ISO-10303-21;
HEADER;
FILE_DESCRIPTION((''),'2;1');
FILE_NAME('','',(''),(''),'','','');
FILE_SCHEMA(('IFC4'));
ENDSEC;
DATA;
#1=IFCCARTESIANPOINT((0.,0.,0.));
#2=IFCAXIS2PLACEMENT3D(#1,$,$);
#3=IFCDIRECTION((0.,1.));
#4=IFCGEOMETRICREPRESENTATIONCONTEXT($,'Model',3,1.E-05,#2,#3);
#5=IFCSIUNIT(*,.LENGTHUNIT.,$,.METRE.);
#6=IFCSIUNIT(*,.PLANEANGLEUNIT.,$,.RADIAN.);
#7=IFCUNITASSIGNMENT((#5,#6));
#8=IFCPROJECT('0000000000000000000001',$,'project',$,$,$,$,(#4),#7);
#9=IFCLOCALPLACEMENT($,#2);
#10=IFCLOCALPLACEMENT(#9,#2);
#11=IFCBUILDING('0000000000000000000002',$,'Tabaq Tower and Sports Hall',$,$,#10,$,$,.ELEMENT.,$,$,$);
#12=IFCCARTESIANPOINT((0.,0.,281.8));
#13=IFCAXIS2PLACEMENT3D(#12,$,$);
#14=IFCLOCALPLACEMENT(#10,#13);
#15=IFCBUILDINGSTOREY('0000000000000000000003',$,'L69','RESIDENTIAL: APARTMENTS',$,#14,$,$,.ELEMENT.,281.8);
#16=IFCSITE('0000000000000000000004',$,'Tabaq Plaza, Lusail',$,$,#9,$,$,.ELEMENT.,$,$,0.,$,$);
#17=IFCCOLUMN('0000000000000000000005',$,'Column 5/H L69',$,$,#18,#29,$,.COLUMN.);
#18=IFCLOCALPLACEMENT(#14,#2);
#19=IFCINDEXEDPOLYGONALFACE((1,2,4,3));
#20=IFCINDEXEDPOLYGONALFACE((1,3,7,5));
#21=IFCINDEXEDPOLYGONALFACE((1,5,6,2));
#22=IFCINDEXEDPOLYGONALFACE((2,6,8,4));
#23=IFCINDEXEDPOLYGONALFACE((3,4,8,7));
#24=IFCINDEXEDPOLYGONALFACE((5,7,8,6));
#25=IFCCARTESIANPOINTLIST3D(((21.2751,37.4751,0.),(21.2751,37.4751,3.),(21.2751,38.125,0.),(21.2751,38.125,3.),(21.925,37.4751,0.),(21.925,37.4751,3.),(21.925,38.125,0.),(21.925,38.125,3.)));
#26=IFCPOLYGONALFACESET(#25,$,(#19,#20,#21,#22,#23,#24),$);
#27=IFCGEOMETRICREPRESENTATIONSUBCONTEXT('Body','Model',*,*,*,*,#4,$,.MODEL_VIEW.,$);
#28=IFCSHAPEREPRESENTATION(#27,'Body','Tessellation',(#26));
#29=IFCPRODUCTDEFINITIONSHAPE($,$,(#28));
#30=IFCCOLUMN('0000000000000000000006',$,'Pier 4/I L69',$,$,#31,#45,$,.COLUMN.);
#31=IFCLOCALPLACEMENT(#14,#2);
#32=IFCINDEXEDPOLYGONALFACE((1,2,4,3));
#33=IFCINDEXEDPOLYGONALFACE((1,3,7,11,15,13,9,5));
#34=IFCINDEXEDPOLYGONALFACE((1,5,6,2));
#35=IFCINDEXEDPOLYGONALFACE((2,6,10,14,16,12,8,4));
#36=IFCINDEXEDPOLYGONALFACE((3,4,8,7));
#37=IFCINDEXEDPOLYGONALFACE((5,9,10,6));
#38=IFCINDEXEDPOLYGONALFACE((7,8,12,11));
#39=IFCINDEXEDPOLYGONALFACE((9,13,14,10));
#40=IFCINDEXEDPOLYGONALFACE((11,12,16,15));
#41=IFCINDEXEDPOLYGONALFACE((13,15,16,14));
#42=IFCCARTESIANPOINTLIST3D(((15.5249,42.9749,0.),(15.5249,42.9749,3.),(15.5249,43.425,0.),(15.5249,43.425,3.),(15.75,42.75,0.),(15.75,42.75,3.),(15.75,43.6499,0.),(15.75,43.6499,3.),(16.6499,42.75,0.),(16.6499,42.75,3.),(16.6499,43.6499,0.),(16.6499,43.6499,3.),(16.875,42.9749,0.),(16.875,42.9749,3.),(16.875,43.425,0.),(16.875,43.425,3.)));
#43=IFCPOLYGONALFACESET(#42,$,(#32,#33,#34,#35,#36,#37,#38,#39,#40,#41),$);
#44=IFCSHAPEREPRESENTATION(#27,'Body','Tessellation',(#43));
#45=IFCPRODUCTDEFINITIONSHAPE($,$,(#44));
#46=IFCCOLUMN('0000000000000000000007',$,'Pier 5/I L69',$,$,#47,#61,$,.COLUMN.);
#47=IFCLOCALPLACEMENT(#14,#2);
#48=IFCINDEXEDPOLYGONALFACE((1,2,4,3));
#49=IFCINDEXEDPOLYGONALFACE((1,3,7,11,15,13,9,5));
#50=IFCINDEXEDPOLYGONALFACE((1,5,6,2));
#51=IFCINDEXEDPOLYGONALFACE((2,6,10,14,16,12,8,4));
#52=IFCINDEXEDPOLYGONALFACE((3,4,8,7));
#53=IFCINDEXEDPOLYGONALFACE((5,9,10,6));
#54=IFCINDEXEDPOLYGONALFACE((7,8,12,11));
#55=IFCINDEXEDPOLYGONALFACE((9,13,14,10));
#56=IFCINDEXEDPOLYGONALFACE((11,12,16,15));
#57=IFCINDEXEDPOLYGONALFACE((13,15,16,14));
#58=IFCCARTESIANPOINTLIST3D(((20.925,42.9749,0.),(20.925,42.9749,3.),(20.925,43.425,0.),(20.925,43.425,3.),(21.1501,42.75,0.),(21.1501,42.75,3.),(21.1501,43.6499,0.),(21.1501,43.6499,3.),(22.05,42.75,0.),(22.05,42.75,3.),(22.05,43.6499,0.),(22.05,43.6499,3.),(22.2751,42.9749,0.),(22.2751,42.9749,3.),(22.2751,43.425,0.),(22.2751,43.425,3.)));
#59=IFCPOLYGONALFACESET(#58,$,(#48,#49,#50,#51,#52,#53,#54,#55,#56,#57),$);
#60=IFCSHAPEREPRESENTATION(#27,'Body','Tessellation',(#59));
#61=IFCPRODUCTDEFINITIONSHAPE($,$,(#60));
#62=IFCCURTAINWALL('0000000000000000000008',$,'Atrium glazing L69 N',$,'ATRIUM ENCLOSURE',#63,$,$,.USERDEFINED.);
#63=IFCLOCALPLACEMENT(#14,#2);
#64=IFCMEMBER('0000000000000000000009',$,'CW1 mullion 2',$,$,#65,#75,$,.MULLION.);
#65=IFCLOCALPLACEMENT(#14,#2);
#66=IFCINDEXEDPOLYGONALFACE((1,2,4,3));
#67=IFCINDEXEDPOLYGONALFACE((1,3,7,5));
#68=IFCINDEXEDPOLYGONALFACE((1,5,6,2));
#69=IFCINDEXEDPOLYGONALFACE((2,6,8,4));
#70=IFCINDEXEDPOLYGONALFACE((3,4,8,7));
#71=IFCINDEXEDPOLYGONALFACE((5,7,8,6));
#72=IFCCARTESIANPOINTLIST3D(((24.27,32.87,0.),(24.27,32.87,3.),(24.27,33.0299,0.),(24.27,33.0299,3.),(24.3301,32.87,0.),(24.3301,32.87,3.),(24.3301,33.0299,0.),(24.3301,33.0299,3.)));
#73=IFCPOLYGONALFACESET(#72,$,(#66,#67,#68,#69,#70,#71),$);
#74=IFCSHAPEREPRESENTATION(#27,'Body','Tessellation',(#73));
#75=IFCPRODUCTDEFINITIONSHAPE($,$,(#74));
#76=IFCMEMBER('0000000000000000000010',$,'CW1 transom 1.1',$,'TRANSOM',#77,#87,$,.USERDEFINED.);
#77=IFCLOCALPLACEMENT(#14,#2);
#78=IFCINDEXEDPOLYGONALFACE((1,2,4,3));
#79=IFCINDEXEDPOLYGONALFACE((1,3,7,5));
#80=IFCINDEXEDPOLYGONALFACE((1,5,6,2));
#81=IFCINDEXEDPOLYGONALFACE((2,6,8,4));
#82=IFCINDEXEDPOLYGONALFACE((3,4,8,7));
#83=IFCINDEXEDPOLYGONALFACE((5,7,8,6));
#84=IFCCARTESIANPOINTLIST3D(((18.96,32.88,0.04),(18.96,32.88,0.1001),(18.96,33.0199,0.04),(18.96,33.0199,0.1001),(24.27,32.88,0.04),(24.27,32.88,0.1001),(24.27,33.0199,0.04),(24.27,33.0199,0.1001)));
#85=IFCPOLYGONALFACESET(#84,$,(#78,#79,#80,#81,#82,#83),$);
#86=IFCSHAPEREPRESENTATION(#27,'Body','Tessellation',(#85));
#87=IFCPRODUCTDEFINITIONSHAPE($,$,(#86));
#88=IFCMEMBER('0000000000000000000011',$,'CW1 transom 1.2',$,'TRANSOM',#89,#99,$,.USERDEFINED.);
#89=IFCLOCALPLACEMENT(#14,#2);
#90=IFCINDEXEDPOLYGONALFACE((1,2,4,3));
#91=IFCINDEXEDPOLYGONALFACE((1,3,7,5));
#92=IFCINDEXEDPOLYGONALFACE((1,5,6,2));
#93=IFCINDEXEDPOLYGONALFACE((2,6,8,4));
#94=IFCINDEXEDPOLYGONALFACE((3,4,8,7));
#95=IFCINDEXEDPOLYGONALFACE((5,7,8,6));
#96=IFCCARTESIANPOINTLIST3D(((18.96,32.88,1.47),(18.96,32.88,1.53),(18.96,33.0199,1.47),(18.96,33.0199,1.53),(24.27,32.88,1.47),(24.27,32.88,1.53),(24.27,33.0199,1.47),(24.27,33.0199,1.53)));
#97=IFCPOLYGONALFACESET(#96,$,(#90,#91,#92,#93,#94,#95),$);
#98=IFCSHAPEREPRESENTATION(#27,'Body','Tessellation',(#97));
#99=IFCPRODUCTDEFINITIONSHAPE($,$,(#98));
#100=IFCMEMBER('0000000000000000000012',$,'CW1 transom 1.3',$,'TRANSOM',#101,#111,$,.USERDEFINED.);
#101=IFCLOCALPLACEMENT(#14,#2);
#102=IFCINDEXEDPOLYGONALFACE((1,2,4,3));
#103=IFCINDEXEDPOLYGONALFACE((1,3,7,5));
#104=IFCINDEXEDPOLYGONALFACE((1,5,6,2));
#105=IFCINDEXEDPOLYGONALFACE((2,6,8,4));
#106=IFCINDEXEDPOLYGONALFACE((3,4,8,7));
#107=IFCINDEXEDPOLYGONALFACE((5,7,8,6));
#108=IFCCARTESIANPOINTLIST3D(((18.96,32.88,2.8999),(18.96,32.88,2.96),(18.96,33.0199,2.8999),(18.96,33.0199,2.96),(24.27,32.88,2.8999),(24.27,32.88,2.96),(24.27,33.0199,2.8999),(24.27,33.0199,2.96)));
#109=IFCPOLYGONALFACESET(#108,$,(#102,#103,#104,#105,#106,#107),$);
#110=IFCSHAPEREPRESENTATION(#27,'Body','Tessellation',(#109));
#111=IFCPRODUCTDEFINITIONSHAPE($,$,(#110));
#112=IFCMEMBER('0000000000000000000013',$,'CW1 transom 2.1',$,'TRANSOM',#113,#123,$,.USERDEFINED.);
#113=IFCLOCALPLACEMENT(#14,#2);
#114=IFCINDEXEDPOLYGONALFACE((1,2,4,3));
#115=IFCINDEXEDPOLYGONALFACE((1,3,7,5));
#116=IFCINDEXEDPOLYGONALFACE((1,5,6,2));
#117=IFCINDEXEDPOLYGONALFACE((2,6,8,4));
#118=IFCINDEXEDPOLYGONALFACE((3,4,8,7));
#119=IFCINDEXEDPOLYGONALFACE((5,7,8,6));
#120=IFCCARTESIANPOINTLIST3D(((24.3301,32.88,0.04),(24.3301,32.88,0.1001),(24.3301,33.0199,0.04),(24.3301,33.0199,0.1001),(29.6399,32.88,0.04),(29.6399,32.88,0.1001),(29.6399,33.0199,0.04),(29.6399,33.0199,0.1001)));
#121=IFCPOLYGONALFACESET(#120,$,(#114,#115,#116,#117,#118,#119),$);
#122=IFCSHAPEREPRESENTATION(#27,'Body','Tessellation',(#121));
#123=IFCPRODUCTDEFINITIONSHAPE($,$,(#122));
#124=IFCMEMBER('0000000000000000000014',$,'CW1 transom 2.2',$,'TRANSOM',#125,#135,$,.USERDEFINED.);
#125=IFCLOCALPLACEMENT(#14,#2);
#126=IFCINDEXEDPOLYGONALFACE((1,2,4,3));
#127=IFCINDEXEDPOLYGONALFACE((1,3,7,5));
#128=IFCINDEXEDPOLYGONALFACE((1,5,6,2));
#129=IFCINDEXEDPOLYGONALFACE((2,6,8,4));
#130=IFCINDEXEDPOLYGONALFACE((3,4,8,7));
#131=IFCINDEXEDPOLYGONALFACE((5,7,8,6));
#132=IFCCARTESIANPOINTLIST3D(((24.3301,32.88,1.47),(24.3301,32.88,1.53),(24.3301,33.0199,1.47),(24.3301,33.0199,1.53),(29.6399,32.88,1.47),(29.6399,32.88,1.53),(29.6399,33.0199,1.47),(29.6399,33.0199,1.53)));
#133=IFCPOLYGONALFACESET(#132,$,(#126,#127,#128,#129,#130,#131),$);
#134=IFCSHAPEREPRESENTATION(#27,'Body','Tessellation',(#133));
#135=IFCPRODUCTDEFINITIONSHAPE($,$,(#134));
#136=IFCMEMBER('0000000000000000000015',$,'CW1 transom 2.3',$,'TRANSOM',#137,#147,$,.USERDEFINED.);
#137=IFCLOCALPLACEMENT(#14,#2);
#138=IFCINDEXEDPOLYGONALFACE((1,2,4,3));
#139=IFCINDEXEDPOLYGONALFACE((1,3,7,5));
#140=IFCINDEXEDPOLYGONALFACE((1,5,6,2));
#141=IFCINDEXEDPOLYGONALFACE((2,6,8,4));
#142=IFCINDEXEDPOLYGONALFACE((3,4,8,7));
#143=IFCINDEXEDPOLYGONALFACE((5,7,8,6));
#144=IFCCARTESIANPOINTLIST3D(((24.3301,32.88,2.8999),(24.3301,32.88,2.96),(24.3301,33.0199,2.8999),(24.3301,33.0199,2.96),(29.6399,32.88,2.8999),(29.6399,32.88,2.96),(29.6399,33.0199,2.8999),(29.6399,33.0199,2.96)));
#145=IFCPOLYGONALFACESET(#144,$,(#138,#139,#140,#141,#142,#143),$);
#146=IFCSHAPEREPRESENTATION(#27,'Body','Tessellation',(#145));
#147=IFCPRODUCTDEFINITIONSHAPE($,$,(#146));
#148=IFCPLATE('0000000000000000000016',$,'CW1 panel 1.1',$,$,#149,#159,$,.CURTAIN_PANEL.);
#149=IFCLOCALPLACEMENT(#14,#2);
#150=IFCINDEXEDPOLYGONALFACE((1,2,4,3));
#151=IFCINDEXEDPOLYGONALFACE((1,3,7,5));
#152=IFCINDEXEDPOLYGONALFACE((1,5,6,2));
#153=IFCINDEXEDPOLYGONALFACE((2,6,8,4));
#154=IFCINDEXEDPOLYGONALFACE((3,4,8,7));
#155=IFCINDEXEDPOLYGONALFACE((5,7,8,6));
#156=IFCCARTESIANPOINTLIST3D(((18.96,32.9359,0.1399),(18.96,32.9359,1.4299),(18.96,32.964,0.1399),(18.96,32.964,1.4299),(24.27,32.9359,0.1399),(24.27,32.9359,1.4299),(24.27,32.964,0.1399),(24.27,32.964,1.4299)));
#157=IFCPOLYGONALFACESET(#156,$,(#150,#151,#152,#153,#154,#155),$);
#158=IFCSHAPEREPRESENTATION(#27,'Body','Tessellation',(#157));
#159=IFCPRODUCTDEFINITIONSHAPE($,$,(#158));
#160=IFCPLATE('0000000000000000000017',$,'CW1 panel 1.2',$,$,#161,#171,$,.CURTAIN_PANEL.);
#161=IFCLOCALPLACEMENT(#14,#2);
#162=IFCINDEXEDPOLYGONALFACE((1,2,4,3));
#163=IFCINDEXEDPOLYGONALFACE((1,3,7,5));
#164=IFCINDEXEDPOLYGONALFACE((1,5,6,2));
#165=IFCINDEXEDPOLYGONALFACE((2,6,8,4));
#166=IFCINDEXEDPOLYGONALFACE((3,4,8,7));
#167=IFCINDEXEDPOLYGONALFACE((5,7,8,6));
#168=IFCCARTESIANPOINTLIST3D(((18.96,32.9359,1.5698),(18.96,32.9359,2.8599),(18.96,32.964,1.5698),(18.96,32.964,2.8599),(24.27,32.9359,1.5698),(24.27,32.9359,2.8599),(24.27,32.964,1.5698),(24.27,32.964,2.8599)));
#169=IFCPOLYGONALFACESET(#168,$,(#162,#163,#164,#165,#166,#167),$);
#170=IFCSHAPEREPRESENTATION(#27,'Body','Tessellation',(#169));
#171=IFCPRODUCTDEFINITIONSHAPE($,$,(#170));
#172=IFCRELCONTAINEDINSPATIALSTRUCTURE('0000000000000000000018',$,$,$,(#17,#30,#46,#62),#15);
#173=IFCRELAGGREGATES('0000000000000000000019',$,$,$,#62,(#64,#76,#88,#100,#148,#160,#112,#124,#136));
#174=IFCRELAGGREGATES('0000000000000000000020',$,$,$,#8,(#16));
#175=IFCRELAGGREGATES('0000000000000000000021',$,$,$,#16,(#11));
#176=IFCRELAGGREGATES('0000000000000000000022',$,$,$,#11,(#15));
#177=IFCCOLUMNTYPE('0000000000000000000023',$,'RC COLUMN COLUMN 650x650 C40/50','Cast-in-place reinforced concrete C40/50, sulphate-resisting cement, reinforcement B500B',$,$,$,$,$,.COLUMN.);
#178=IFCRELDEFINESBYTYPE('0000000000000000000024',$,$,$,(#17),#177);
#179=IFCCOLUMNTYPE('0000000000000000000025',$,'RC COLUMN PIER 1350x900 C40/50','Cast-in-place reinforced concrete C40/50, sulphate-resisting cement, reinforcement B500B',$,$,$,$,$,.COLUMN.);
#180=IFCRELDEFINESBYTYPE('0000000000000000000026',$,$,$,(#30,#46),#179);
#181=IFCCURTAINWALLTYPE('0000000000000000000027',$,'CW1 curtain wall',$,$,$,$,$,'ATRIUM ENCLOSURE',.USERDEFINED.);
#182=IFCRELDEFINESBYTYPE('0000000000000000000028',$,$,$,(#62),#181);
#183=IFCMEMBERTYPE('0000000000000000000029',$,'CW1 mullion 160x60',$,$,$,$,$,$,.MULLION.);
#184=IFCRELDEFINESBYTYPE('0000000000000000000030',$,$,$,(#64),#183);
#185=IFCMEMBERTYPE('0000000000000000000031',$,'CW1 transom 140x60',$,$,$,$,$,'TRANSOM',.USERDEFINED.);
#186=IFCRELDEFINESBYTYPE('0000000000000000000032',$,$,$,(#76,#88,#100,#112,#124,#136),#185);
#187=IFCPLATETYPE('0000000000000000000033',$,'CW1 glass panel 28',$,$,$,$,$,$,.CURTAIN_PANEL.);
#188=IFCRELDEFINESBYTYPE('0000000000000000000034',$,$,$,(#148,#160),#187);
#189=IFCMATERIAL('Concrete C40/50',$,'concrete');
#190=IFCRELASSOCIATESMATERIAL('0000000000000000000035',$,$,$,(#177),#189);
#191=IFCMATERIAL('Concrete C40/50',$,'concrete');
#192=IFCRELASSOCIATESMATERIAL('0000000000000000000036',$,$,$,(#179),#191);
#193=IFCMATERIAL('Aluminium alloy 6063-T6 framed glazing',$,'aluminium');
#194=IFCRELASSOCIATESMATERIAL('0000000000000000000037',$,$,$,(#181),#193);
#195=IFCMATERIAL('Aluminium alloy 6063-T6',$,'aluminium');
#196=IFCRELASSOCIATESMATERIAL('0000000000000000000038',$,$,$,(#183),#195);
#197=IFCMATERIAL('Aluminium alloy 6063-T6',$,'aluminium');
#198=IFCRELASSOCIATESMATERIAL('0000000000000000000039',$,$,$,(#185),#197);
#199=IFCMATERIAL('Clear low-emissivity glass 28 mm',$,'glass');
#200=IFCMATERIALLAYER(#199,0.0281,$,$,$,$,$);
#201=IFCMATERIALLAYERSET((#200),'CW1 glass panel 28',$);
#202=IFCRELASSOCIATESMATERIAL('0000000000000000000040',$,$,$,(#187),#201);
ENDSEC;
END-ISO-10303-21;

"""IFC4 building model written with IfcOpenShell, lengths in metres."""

from ifc_helpers import new_model, si_unit, direction, frame, origin, origin_2d, place, context, subcontext, project, spatial, polyline, rectangle, outline, extrude, material, layer, layer_set, material_profile, profile_set, type_object, element, aggregate, save


model = new_model("IFC4")

# Units and contexts
model_context = context("Model", 3, precision=1e-05, world=origin(), true_north=direction((0.0, 1.0)))
body_context = subcontext(model_context, "Body", "Model", "MODEL_VIEW")
ifc_project = project(units=[si_unit("LENGTHUNIT", "METRE"), si_unit("PLANEANGLEUNIT", "RADIAN")], contexts=[model_context])

# Site, building, storey
site_placement = place(None, origin())
site = spatial("IfcSite", under=ifc_project, at=site_placement, Name="Tabaq Plaza, Lusail", CompositionType="ELEMENT", RefElevation=0.0)
building_placement = place(site_placement, origin())
building = spatial("IfcBuilding", under=site, at=building_placement, Name="Tabaq Tower and Sports Hall", CompositionType="ELEMENT")
storey_placement = place(building_placement, frame((0.0, 0.0, 281.8)))
storey = spatial("IfcBuildingStorey", under=building, at=storey_placement, Name="L69", Description="RESIDENTIAL: APARTMENTS", CompositionType="ELEMENT", Elevation=281.8)

# Columns
ifc_material_1 = material(Name="Concrete C40/50", Category="concrete")
ifc_material_profile_1 = material_profile(ifc_material_1, rectangle(XDim=0.6499, YDim=0.6499, at=origin_2d()), Name="COLUMN 650x650")
ifc_profile_set_1 = profile_set([ifc_material_profile_1], Name="Concrete C40/50")
column_type_1 = type_object("IfcColumnType", Name="RC COLUMN COLUMN 650x650 C40/50", Description="Cast-in-place reinforced concrete C40/50, sulphate-resisting cement, reinforcement B500B", PredefinedType="COLUMN", material=ifc_profile_set_1)
column_placement = place(storey_placement, frame((21.6001, 37.8, 0.0), z_axis=(0.0, 0.0, 1.0), x_axis=(1.0, 0.0, 0.0)))
element("IfcColumn", 1, at=column_placement, inside=storey, type_object=column_type_1, Name="Column 5/H L69", PredefinedType="COLUMN", context=body_context, shape_type="SweptSolid", body=[
    extrude(rectangle(XDim=0.6499, YDim=0.6499, at=origin_2d()), origin(), (0.0, 0.0, 1.0), 3.0),
])
ifc_material_2 = material(Name="Concrete C40/50", Category="concrete")
ifc_material_profile_2 = material_profile(ifc_material_2, outline(polyline([(-0.45, -0.45), (0.45, -0.45), (0.675, -0.2251), (0.675, 0.2251), (0.45, 0.45), (-0.45, 0.45), (-0.675, 0.2251), (-0.675, -0.2251), (-0.45, -0.45)])), Name="PIER 1350x900")
ifc_profile_set_2 = profile_set([ifc_material_profile_2], Name="Concrete C40/50")
column_type_2 = type_object("IfcColumnType", Name="RC COLUMN PIER 1350x900 C40/50", Description="Cast-in-place reinforced concrete C40/50, sulphate-resisting cement, reinforcement B500B", PredefinedType="COLUMN", material=ifc_profile_set_2)
for number, where, z_axis, x_axis, name in (
    (2, (16.2, 43.2, 0.0), (0.0, 0.0, 1.0), (1.0, 0.0, 0.0), "Pier 4/I L69"),
    (3, (21.6001, 43.2, 0.0), (0.0, 0.0, 1.0), (1.0, 0.0, 0.0), "Pier 5/I L69"),
):
    element("IfcColumn", number, at=place(storey_placement, frame(where, z_axis=z_axis, x_axis=x_axis)), inside=storey, type_object=column_type_2, Name=name, PredefinedType="COLUMN", context=body_context, shape_type="SweptSolid", body=[
        extrude(outline(polyline([(-0.45, -0.45), (0.45, -0.45), (0.675, -0.2251), (0.675, 0.2251), (0.45, 0.45), (-0.45, 0.45), (-0.675, 0.2251), (-0.675, -0.2251), (-0.45, -0.45)])), origin(), (0.0, 0.0, 1.0), 3.0),
    ])

# Curtain wall, members, plates
ifc_material_3 = material(Name="Aluminium alloy 6063-T6 framed glazing", Category="aluminium")
curtain_wall_type = type_object("IfcCurtainWallType", Name="CW1 curtain wall", ElementType="ATRIUM ENCLOSURE", PredefinedType="USERDEFINED", material=ifc_material_3)
curtain_wall_placement = place(storey_placement, origin())
curtain_wall = element("IfcCurtainWall", 4, at=curtain_wall_placement, inside=storey, type_object=curtain_wall_type, Name="Atrium glazing L69 N", ObjectType="ATRIUM ENCLOSURE", PredefinedType="USERDEFINED")
ifc_material_4 = material(Name="Aluminium alloy 6063-T6", Category="aluminium")
ifc_material_profile_3 = material_profile(ifc_material_4, rectangle(XDim=0.1599, YDim=0.0601, at=origin_2d()), Name="MULLION 160x60")
ifc_profile_set_3 = profile_set([ifc_material_profile_3], Name="Aluminium alloy 6063-T6")
member_type_1 = type_object("IfcMemberType", Name="CW1 mullion 160x60", PredefinedType="MULLION", material=ifc_profile_set_3)
member_1_placement = place(storey_placement, frame((24.3, 32.95, 0.0), z_axis=(0.0, 0.0, 1.0), x_axis=(0.0, 1.0, 0.0)))
member_1 = element("IfcMember", 5, at=member_1_placement, type_object=member_type_1, Name="CW1 mullion 2", PredefinedType="MULLION", context=body_context, shape_type="SweptSolid", body=[
    extrude(rectangle(XDim=0.1599, YDim=0.0601, at=origin_2d()), origin(), (0.0, 0.0, 1.0), 3.0),
])
ifc_material_5 = material(Name="Aluminium alloy 6063-T6", Category="aluminium")
ifc_material_profile_4 = material_profile(ifc_material_5, rectangle(XDim=0.1399, YDim=0.0601, at=origin_2d()), Name="TRANSOM 140x60")
ifc_profile_set_4 = profile_set([ifc_material_profile_4], Name="Aluminium alloy 6063-T6")
member_type_2 = type_object("IfcMemberType", Name="CW1 transom 140x60", ElementType="TRANSOM", PredefinedType="USERDEFINED", material=ifc_profile_set_4)
member_2_placement = place(storey_placement, frame((18.96, 32.95, 0.0701), z_axis=(1.0, 0.0, 0.0), x_axis=(0.0, 1.0, 0.0)))
member_2 = element("IfcMember", 6, at=member_2_placement, type_object=member_type_2, Name="CW1 transom 1.1", ObjectType="TRANSOM", PredefinedType="USERDEFINED", context=body_context, shape_type="SweptSolid", body=[
    extrude(rectangle(XDim=0.1399, YDim=0.0601, at=origin_2d()), origin(), (0.0, 0.0, 1.0), 5.3101),
])
member_3_placement = place(storey_placement, frame((18.96, 32.95, 1.5), z_axis=(1.0, 0.0, 0.0), x_axis=(0.0, 1.0, 0.0)))
member_3 = element("IfcMember", 7, at=member_3_placement, type_object=member_type_2, Name="CW1 transom 1.2", ObjectType="TRANSOM", PredefinedType="USERDEFINED", context=body_context, shape_type="SweptSolid", body=[
    extrude(rectangle(XDim=0.1399, YDim=0.0601, at=origin_2d()), origin(), (0.0, 0.0, 1.0), 5.3101),
])
member_4_placement = place(storey_placement, frame((18.96, 32.95, 2.9299), z_axis=(1.0, 0.0, 0.0), x_axis=(0.0, 1.0, 0.0)))
member_4 = element("IfcMember", 8, at=member_4_placement, type_object=member_type_2, Name="CW1 transom 1.3", ObjectType="TRANSOM", PredefinedType="USERDEFINED", context=body_context, shape_type="SweptSolid", body=[
    extrude(rectangle(XDim=0.1399, YDim=0.0601, at=origin_2d()), origin(), (0.0, 0.0, 1.0), 5.3101),
])
member_5_placement = place(storey_placement, frame((24.3301, 32.95, 0.0701), z_axis=(1.0, 0.0, 0.0), x_axis=(0.0, 1.0, 0.0)))
member_5 = element("IfcMember", 9, at=member_5_placement, type_object=member_type_2, Name="CW1 transom 2.1", ObjectType="TRANSOM", PredefinedType="USERDEFINED", context=body_context, shape_type="SweptSolid", body=[
    extrude(rectangle(XDim=0.1399, YDim=0.0601, at=origin_2d()), origin(), (0.0, 0.0, 1.0), 5.3098),
])
member_6_placement = place(storey_placement, frame((24.3301, 32.95, 1.5), z_axis=(1.0, 0.0, 0.0), x_axis=(0.0, 1.0, 0.0)))
member_6 = element("IfcMember", 10, at=member_6_placement, type_object=member_type_2, Name="CW1 transom 2.2", ObjectType="TRANSOM", PredefinedType="USERDEFINED", context=body_context, shape_type="SweptSolid", body=[
    extrude(rectangle(XDim=0.1399, YDim=0.0601, at=origin_2d()), origin(), (0.0, 0.0, 1.0), 5.3098),
])
member_7_placement = place(storey_placement, frame((24.3301, 32.95, 2.9299), z_axis=(1.0, 0.0, 0.0), x_axis=(0.0, 1.0, 0.0)))
member_7 = element("IfcMember", 11, at=member_7_placement, type_object=member_type_2, Name="CW1 transom 2.3", ObjectType="TRANSOM", PredefinedType="USERDEFINED", context=body_context, shape_type="SweptSolid", body=[
    extrude(rectangle(XDim=0.1399, YDim=0.0601, at=origin_2d()), origin(), (0.0, 0.0, 1.0), 5.3098),
])
ifc_material_6 = material(Name="Clear low-emissivity glass 28 mm", Category="glass")
ifc_layer_1 = layer(ifc_material_6, 0.0281)
ifc_layer_set_1 = layer_set([ifc_layer_1], Name="CW1 glass panel 28")
plate_type = type_object("IfcPlateType", Name="CW1 glass panel 28", PredefinedType="CURTAIN_PANEL", material=ifc_layer_set_1)
plate_1_placement = place(storey_placement, frame((21.615, 32.95, 0.1399), z_axis=(0.0, 0.0, 1.0), x_axis=(1.0, 0.0, 0.0)))
plate_1 = element("IfcPlate", 12, at=plate_1_placement, type_object=plate_type, Name="CW1 panel 1.1", PredefinedType="CURTAIN_PANEL", context=body_context, shape_type="SweptSolid", body=[
    extrude(rectangle(XDim=5.3101, YDim=0.0281, at=origin_2d()), origin(), (0.0, 0.0, 1.0), 1.29),
])
plate_2_placement = place(storey_placement, frame((21.615, 32.95, 1.5698), z_axis=(0.0, 0.0, 1.0), x_axis=(1.0, 0.0, 0.0)))
plate_2 = element("IfcPlate", 13, at=plate_2_placement, type_object=plate_type, Name="CW1 panel 1.2", PredefinedType="CURTAIN_PANEL", context=body_context, shape_type="SweptSolid", body=[
    extrude(rectangle(XDim=5.3101, YDim=0.0281, at=origin_2d()), origin(), (0.0, 0.0, 1.0), 1.29),
])
aggregate(curtain_wall, [member_1, member_2, member_3, member_4, plate_1, plate_2, member_5, member_6, member_7])

save(model, "model.ifc")
